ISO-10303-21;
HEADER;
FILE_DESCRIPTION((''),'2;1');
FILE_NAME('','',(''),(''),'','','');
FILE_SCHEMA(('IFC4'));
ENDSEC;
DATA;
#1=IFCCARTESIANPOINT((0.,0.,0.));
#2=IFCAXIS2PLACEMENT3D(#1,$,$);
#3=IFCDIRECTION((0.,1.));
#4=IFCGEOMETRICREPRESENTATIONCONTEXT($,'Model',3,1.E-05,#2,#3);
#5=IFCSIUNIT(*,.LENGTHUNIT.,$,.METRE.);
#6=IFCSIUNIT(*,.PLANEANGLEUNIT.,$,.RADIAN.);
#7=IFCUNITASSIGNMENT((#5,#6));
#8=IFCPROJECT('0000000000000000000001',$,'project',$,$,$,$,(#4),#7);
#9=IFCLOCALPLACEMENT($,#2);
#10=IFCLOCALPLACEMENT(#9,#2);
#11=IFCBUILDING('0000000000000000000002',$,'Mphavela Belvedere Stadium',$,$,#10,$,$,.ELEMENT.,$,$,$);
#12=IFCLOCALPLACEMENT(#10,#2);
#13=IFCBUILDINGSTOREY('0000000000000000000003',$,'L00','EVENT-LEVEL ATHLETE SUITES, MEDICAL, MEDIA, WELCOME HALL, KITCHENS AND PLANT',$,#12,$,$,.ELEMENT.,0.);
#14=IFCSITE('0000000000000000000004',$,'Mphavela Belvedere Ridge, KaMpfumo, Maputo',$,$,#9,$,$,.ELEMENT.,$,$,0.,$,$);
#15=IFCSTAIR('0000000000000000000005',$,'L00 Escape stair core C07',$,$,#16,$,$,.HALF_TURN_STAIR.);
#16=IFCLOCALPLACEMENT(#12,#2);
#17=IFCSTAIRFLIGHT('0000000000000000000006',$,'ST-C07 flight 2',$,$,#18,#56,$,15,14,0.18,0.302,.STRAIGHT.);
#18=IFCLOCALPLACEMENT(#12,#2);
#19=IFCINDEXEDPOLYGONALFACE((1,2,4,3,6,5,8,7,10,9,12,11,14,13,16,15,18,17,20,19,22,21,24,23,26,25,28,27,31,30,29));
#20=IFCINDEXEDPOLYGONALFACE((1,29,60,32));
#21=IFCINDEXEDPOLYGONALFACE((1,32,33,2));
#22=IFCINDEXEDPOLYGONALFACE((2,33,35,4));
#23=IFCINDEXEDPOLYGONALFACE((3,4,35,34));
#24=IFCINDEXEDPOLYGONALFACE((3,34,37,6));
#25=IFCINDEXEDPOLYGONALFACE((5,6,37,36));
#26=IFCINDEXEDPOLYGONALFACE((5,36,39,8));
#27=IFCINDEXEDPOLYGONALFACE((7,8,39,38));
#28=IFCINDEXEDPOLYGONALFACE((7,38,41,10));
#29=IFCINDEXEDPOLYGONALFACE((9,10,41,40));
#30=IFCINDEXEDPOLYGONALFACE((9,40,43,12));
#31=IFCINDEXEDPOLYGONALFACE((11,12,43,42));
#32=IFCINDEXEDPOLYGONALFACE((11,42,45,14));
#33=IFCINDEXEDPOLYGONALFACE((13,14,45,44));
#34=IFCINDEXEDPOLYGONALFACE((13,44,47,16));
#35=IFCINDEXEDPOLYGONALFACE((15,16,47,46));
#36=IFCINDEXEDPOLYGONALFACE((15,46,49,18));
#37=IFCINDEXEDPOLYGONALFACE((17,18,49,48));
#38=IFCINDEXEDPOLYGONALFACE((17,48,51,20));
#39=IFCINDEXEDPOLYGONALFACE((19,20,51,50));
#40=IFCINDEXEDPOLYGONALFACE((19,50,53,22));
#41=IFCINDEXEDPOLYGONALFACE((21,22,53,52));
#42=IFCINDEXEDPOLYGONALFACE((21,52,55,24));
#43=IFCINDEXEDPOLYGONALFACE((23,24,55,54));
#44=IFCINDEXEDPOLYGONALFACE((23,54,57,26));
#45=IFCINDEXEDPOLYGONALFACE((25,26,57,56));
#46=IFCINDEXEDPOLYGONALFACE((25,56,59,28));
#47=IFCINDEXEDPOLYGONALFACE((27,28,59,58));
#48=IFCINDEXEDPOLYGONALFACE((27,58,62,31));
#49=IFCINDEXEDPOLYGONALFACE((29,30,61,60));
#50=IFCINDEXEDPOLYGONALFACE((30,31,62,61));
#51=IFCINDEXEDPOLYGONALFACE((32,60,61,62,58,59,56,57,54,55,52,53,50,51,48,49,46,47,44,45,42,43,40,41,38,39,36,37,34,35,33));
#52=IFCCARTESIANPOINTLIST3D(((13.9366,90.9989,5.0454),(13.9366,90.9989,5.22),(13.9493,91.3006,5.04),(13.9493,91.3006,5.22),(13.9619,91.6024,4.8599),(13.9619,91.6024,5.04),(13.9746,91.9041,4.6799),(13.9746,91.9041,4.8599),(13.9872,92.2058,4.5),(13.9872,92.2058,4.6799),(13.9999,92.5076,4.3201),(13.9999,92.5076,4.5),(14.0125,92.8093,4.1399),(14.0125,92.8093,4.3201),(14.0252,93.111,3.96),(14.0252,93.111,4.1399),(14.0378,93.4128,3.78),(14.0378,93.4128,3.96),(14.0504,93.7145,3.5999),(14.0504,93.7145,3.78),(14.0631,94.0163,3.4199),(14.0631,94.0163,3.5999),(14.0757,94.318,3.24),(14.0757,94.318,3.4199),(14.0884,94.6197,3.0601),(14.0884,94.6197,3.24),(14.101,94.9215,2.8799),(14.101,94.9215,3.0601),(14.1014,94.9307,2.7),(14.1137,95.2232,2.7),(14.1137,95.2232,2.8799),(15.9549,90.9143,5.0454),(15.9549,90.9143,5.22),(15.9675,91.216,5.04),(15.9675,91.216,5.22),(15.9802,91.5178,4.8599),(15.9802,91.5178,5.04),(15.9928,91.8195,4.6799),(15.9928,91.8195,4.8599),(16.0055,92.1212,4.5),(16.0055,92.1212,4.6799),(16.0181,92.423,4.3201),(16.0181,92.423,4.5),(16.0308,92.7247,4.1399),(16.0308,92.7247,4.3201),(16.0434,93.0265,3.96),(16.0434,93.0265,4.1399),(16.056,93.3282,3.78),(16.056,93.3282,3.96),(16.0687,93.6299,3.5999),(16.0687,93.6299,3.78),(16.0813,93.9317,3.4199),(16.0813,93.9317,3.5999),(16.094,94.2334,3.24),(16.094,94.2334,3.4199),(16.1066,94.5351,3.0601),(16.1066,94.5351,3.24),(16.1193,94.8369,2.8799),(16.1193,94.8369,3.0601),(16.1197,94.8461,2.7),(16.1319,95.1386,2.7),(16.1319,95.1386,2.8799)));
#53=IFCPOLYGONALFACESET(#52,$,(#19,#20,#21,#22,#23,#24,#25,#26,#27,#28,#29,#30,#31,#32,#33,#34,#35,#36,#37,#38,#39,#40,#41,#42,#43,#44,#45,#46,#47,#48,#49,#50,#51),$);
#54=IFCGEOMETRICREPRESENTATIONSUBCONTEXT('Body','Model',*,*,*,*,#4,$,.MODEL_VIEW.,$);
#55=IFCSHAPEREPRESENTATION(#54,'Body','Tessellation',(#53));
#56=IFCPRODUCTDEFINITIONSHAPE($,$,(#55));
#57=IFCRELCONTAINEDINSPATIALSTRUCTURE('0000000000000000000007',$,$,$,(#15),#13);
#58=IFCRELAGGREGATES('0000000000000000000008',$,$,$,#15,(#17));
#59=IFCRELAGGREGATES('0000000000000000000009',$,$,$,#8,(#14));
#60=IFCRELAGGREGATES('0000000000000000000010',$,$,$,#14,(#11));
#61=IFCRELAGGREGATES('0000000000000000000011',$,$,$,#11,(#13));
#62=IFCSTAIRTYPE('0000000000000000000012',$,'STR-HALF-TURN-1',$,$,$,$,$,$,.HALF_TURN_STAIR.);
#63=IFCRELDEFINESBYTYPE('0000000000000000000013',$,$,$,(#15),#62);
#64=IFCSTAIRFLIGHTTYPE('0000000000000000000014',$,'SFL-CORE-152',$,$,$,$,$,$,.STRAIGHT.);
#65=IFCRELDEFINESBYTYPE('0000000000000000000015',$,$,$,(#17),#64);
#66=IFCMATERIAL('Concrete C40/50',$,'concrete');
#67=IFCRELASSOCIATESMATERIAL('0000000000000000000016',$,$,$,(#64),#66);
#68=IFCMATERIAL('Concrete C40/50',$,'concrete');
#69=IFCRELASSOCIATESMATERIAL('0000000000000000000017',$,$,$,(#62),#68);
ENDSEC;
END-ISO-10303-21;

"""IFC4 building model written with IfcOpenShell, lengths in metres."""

from ifc_helpers import new_model, si_unit, direction, frame, origin, place, context, subcontext, project, spatial, polyline, outline, extrude, material, type_object, element, aggregate, save


model = new_model("IFC4")

# Units and contexts
model_context = context("Model", 3, precision=1e-05, world=origin(), true_north=direction((0.0, 1.0)))
body_context = subcontext(model_context, "Body", "Model", "MODEL_VIEW")
ifc_project = project(units=[si_unit("LENGTHUNIT", "METRE"), si_unit("PLANEANGLEUNIT", "RADIAN")], contexts=[model_context])

# Site, building, storey
site_placement = place(None, origin())
site = spatial("IfcSite", under=ifc_project, at=site_placement, Name="Mphavela Belvedere Ridge, KaMpfumo, Maputo", CompositionType="ELEMENT", RefElevation=0.0)
building_placement = place(site_placement, origin())
building = spatial("IfcBuilding", under=site, at=building_placement, Name="Mphavela Belvedere Stadium", CompositionType="ELEMENT")
storey_placement = place(building_placement, origin())
storey = spatial("IfcBuildingStorey", under=building, at=storey_placement, Name="L00", Description="EVENT-LEVEL ATHLETE SUITES, MEDICAL, MEDIA, WELCOME HALL, KITCHENS AND PLANT", CompositionType="ELEMENT", Elevation=0.0)

# Shared definitions
ifc_material_1 = material(Name="Concrete C40/50", Category="concrete")
stair_flight_type = type_object("IfcStairFlightType", Name="SFL-CORE-152", PredefinedType="STRAIGHT", material=ifc_material_1)

# Stair, stair flight
ifc_material_2 = material(Name="Concrete C40/50", Category="concrete")
stair_type_1 = type_object("IfcStairType", Name="STR-HALF-TURN-1", PredefinedType="HALF_TURN_STAIR", material=ifc_material_2)
stair_1_placement = place(storey_placement, origin())
stair_1 = element("IfcStair", 1, at=stair_1_placement, inside=storey, type_object=stair_type_1, Name="L00 Escape stair core C07", PredefinedType="HALF_TURN_STAIR")
stair_flight_1_placement = place(storey_placement, frame((15.1228, 95.1809, 2.7), z_axis=(0.0, 0.0, 1.0), x_axis=(-0.041876, -0.999123, 0.0)))
stair_flight_1 = element("IfcStairFlight", 2, at=stair_flight_1_placement, type_object=stair_flight_type, Name="ST-C07 flight 2", NumberOfRisers=15, NumberOfTreads=14, PredefinedType="STRAIGHT", RiserHeight=0.18, TreadLength=0.302, context=body_context, shape_type="SweptSolid", body=[
    extrude(outline(polyline([(0.0, 0.0), (0.0, 0.1799), (0.302, 0.1799), (0.302, 0.3601), (0.604, 0.3601), (0.604, 0.54), (0.906, 0.54), (0.906, 0.72), (1.208, 0.72), (1.208, 0.8999), (1.51, 0.8999), (1.51, 1.0801), (1.812, 1.0801), (1.812, 1.26), (2.114, 1.26), (2.114, 1.4399), (2.416, 1.4399), (2.416, 1.6201), (2.718, 1.6201), (2.718, 1.8), (3.02, 1.8), (3.02, 1.98), (3.322, 1.98), (3.322, 2.1599), (3.624, 2.1599), (3.624, 2.3401), (3.926, 2.3401), (3.926, 2.52), (4.228, 2.52), (4.228, 2.7), (4.228, 2.3455), (0.2927, 0.0), (0.0, 0.0)])), frame((0.0, 1.01, 0.0), z_axis=(0.0, -1.0, 0.0), x_axis=(1.0, 0.0, 0.0)), (0.0, 0.0, 1.0), 2.02),
])
aggregate(stair_1, [stair_flight_1])

save(model, "model.ifc")
